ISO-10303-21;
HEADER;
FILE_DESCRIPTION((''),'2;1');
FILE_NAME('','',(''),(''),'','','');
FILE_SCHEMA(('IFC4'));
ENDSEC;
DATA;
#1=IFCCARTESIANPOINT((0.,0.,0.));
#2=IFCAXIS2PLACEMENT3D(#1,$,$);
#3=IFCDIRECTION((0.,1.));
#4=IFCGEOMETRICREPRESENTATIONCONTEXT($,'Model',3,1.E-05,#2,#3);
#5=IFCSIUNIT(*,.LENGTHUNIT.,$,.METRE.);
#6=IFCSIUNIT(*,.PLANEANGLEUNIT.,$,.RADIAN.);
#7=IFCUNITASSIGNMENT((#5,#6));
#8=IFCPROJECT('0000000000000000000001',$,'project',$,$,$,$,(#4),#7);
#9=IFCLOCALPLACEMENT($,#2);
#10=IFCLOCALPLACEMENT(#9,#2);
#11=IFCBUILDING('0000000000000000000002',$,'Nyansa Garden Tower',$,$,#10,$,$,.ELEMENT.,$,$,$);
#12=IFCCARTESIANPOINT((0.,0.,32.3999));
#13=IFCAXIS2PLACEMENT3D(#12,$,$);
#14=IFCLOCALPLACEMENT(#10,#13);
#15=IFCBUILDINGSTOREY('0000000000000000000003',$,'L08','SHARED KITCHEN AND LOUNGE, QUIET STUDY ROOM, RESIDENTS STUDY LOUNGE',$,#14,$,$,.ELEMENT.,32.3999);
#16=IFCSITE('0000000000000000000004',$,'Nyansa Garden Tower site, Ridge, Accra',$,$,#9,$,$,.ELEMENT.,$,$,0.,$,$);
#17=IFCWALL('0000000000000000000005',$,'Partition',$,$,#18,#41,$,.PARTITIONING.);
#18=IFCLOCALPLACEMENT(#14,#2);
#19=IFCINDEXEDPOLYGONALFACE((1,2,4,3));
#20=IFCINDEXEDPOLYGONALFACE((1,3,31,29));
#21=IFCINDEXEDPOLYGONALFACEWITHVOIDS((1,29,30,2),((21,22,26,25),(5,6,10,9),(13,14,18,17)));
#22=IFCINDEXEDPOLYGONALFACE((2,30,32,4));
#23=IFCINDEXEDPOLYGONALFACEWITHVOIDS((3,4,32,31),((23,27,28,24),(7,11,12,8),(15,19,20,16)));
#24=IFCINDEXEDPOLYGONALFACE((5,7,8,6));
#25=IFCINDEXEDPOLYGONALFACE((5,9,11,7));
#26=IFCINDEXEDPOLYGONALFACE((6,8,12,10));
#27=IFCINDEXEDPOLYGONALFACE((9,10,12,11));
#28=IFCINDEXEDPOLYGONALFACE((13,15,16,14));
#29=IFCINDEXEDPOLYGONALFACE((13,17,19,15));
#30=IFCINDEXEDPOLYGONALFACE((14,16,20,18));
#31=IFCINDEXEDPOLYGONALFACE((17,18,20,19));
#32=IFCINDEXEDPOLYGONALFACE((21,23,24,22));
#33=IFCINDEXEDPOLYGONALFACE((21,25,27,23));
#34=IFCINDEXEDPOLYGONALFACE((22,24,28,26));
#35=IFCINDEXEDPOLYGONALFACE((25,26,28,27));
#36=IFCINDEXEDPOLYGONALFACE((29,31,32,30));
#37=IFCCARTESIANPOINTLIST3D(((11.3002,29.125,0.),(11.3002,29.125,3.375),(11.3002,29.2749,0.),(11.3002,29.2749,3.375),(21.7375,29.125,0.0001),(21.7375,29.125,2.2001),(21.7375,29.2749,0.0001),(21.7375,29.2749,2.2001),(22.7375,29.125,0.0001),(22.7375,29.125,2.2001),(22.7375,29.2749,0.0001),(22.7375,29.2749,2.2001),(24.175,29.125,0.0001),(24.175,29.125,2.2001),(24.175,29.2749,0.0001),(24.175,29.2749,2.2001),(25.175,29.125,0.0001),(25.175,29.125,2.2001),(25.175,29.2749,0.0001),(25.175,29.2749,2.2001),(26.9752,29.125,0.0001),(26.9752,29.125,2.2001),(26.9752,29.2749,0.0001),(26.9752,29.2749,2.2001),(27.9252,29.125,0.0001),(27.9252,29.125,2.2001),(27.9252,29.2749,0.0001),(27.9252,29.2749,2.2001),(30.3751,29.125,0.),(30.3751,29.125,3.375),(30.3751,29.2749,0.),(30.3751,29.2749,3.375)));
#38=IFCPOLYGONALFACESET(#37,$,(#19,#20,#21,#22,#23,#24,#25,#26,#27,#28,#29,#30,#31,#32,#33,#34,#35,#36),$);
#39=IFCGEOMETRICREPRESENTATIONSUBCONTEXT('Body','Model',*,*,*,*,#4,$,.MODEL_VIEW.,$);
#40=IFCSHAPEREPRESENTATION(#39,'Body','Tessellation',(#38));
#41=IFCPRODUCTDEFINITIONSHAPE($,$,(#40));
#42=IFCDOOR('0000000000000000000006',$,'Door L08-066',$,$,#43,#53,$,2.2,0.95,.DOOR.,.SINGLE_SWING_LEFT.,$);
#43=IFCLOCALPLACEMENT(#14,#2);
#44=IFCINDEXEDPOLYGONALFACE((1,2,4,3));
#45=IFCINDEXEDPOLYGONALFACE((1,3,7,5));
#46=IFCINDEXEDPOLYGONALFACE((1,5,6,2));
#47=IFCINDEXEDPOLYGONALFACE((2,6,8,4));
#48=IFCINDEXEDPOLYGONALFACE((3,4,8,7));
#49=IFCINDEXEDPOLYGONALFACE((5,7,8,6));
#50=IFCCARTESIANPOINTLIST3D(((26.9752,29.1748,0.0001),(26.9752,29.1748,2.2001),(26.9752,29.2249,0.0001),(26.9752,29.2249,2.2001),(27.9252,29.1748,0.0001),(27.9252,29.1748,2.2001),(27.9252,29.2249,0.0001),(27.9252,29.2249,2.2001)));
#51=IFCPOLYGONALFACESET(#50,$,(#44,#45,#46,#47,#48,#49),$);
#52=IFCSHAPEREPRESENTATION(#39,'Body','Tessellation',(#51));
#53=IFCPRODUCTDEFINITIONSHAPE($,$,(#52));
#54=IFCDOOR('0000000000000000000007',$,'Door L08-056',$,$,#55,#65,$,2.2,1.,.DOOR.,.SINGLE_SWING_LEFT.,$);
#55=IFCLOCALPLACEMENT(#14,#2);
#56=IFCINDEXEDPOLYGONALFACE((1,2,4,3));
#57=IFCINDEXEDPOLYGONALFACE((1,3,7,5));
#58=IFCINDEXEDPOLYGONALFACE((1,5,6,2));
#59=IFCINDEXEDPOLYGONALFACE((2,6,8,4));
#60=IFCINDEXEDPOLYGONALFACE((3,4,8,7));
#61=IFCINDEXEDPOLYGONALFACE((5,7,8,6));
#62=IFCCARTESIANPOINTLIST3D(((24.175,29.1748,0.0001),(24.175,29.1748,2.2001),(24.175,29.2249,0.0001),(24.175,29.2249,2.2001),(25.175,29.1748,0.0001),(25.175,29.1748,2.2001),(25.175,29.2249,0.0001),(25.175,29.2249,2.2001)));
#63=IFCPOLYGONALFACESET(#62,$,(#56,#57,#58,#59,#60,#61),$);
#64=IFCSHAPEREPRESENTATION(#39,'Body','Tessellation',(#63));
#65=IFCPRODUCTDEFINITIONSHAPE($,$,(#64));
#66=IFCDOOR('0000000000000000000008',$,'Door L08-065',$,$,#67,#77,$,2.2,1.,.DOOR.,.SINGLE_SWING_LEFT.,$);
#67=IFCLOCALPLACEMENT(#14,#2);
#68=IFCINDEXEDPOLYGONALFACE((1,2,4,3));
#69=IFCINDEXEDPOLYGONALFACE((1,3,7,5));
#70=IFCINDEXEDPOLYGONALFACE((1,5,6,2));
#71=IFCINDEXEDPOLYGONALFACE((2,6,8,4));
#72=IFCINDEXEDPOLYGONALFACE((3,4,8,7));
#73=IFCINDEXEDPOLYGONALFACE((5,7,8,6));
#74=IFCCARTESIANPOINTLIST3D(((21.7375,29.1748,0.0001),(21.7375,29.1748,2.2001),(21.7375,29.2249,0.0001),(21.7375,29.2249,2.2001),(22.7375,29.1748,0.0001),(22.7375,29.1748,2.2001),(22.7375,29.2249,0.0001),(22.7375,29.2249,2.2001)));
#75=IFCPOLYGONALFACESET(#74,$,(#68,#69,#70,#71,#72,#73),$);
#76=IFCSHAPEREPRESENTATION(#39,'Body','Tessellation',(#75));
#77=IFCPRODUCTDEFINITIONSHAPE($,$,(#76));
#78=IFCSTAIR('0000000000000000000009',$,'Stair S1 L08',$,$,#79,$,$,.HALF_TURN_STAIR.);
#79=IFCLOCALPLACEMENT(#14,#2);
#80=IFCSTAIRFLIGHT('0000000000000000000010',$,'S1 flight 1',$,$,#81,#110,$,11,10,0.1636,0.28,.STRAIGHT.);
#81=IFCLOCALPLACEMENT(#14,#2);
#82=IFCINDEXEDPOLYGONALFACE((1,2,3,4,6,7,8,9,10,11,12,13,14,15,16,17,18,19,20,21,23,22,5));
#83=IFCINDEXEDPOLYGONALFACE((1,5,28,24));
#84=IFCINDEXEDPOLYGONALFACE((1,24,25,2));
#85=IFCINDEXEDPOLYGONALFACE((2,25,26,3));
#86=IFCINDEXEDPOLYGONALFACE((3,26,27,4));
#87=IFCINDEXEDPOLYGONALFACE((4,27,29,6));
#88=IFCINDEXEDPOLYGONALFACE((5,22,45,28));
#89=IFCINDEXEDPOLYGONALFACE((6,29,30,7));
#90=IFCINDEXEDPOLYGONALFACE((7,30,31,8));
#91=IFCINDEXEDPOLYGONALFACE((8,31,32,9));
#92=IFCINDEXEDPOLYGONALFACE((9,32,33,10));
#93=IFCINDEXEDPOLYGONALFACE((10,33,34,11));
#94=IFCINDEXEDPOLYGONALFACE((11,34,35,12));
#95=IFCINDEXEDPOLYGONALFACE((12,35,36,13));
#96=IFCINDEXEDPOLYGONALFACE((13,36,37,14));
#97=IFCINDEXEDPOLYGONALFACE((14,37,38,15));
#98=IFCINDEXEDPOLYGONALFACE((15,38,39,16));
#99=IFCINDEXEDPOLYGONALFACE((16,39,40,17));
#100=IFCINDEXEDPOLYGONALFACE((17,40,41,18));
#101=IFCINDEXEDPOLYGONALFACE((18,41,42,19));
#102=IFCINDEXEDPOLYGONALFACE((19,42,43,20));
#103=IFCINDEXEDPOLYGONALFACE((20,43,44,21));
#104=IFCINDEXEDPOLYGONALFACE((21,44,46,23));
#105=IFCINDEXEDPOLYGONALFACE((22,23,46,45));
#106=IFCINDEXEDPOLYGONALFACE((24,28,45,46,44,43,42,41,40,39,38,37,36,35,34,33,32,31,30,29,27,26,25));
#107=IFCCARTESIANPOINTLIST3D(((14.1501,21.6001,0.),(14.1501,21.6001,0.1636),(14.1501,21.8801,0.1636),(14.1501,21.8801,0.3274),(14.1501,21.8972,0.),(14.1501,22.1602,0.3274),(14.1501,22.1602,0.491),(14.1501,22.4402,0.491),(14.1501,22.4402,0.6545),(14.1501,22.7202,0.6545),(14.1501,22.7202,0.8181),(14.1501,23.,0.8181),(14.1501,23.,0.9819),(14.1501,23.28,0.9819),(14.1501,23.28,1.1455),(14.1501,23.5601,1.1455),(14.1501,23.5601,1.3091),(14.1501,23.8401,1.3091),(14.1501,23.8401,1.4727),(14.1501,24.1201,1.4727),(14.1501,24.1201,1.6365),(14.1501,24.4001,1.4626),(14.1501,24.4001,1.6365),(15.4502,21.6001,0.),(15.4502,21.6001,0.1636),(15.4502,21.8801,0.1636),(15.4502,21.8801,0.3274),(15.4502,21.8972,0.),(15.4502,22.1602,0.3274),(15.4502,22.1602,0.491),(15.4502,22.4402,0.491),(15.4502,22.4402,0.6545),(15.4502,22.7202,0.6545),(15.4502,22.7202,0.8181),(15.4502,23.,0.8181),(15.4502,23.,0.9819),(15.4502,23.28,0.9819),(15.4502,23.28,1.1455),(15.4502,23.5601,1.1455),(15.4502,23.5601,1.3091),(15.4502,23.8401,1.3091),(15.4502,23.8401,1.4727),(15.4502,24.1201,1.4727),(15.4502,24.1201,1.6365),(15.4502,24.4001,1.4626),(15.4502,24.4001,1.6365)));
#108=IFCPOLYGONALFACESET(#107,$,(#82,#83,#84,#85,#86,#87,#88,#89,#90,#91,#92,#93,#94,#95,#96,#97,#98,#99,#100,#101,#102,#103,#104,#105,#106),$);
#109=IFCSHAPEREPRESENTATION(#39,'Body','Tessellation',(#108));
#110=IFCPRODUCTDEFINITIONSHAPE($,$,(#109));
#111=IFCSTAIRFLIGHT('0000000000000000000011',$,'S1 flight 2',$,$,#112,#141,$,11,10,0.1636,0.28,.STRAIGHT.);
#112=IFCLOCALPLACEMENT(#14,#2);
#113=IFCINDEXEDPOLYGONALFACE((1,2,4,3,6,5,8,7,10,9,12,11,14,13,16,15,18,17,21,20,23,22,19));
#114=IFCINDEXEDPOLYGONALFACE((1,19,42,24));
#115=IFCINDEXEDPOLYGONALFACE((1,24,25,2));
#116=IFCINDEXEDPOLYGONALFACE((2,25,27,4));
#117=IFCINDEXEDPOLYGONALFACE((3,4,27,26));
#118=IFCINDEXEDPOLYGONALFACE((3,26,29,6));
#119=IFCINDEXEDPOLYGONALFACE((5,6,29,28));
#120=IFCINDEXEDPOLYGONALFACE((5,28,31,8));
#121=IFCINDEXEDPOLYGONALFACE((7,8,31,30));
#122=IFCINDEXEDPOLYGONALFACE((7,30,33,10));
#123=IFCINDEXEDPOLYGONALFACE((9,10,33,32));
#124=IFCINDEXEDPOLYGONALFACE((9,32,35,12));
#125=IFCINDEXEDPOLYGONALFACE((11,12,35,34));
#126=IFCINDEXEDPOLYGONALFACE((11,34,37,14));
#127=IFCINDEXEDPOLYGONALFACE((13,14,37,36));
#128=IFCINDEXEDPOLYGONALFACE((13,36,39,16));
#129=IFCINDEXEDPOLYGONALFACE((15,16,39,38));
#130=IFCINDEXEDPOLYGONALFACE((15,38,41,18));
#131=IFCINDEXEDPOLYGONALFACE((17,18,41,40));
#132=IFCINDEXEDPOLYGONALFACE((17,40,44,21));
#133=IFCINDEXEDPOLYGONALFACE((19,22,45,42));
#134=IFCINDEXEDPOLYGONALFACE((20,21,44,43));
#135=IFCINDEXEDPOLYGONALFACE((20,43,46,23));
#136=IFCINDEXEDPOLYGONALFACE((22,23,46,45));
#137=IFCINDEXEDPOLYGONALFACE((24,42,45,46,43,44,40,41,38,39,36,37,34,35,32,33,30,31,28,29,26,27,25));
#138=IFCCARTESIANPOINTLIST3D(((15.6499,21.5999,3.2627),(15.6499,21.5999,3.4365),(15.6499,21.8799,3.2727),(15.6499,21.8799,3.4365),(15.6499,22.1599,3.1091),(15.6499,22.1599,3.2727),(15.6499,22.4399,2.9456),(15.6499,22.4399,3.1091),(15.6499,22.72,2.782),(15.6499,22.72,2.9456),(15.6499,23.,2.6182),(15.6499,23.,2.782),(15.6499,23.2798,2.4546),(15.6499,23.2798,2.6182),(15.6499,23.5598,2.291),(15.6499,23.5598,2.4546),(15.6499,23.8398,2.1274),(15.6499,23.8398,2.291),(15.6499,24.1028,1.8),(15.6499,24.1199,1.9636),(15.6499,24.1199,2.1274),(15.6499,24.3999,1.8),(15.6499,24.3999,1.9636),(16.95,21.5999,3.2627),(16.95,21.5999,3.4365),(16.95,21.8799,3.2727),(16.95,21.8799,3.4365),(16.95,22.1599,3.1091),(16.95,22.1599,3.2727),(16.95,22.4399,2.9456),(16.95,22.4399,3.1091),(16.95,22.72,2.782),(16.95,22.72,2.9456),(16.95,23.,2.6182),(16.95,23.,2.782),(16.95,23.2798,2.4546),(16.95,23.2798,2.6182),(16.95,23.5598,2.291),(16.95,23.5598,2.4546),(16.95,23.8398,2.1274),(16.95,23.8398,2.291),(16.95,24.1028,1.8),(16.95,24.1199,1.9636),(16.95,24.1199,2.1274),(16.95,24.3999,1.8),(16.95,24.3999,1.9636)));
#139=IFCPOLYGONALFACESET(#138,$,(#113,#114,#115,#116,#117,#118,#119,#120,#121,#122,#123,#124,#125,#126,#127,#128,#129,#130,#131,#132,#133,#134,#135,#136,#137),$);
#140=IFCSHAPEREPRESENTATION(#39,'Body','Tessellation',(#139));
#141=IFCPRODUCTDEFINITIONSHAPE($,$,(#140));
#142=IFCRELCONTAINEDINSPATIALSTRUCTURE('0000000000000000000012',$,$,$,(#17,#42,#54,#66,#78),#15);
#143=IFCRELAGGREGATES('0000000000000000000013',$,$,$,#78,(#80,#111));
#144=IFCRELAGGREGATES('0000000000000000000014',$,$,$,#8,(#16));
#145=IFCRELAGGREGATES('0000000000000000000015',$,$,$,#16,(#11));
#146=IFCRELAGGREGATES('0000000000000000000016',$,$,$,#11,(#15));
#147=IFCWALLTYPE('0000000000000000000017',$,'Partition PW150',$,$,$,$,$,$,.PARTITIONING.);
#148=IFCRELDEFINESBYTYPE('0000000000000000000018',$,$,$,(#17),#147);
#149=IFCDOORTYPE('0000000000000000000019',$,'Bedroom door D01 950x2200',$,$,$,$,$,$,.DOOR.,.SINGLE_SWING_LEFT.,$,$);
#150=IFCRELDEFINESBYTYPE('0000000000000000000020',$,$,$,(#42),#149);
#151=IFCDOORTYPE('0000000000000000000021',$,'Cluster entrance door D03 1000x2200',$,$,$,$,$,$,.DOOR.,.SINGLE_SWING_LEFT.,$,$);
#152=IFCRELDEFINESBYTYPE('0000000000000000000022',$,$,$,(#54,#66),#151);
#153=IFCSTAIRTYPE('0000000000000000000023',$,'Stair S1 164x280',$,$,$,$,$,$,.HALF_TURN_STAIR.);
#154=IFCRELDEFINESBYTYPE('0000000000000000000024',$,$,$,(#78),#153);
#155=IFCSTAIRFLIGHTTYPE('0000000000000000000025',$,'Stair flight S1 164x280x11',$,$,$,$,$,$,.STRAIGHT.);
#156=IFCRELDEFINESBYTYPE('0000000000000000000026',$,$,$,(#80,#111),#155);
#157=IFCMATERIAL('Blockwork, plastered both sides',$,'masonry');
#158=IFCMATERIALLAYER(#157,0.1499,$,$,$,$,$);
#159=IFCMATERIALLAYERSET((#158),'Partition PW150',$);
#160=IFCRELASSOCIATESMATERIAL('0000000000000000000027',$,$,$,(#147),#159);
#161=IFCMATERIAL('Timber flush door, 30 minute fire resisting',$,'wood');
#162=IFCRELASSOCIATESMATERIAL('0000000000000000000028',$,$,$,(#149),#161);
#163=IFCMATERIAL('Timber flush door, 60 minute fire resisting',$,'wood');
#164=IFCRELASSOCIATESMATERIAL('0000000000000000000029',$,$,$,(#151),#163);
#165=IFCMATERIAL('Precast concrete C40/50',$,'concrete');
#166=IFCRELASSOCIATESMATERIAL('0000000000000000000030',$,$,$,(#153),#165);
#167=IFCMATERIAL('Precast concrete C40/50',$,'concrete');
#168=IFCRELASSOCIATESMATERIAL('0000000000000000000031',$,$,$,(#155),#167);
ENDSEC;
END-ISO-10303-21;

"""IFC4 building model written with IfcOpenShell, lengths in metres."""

from ifc_helpers import new_model, si_unit, direction, frame, frame_2d, origin, place, context, subcontext, project, spatial, polyline, rectangle, outline, extrude, material, layer, layer_set, type_object, element, fill, aggregate, save


model = new_model("IFC4")

# Units and contexts
model_context = context("Model", 3, precision=1e-05, world=origin(), true_north=direction((0.0, 1.0)))
body_context = subcontext(model_context, "Body", "Model", "MODEL_VIEW")
ifc_project = project(units=[si_unit("LENGTHUNIT", "METRE"), si_unit("PLANEANGLEUNIT", "RADIAN")], contexts=[model_context])

# Site, building, storey
site_placement = place(None, origin())
site = spatial("IfcSite", under=ifc_project, at=site_placement, Name="Nyansa Garden Tower site, Ridge, Accra", CompositionType="ELEMENT", RefElevation=0.0)
building_placement = place(site_placement, origin())
building = spatial("IfcBuilding", under=site, at=building_placement, Name="Nyansa Garden Tower", CompositionType="ELEMENT")
storey_placement = place(building_placement, frame((0.0, 0.0, 32.3999)))
storey = spatial("IfcBuildingStorey", under=building, at=storey_placement, Name="L08", Description="SHARED KITCHEN AND LOUNGE, QUIET STUDY ROOM, RESIDENTS STUDY LOUNGE", CompositionType="ELEMENT", Elevation=32.3999)

# Shared definitions
ifc_material_1 = material(Name="Blockwork, plastered both sides", Category="masonry")
ifc_layer_1 = layer(ifc_material_1, 0.1499)
ifc_layer_set_1 = layer_set([ifc_layer_1], Name="Partition PW150")
wall_type_1 = type_object("IfcWallType", Name="Partition PW150", PredefinedType="PARTITIONING", material=ifc_layer_set_1)

# Shared definitions
ifc_material_2 = material(Name="Timber flush door, 30 minute fire resisting", Category="wood")
door_type_1 = type_object("IfcDoorType", Name="Bedroom door D01 950x2200", OperationType="SINGLE_SWING_LEFT", PredefinedType="DOOR", material=ifc_material_2)

# Wall, openings, doors
wall_1_placement = place(storey_placement, frame((11.3, 29.2, 0.0), z_axis=(0.0, 0.0, 1.0), x_axis=(1.0, 0.0, 0.0)))
wall_1 = element("IfcWall", 1, at=wall_1_placement, inside=storey, type_object=wall_type_1, Name="Partition", PredefinedType="PARTITIONING", context=body_context, shape_type="SweptSolid", body=[
    extrude(rectangle(XDim=19.075, YDim=0.1499, at=frame_2d((9.5376, 0.0))), origin(), (0.0, 0.0, 1.0), 3.375),
])
opening_1_placement = place(wall_1_placement, frame((12.875, 0.0, 0.0)))
opening_1 = element("IfcOpeningElement", 2, at=opening_1_placement, cuts=wall_1, PredefinedType="OPENING", context=body_context, shape_type="SweptSolid", body=[
    extrude(rectangle(XDim=1.0, YDim=2.2, at=frame_2d((0.5, 1.1001))), frame((0.0, 0.085, 0.0), z_axis=(0.0, -1.0, 0.0), x_axis=(1.0, 0.0, 0.0)), (0.0, 0.0, 1.0), 0.1699),
])
opening_2_placement = place(wall_1_placement, frame((10.4375, 0.0, 0.0)))
opening_2 = element("IfcOpeningElement", 3, at=opening_2_placement, cuts=wall_1, PredefinedType="OPENING", context=body_context, shape_type="SweptSolid", body=[
    extrude(rectangle(XDim=1.0, YDim=2.2, at=frame_2d((0.5, 1.1001))), frame((0.0, 0.085, 0.0), z_axis=(0.0, -1.0, 0.0), x_axis=(1.0, 0.0, 0.0)), (0.0, 0.0, 1.0), 0.1699),
])
opening_3_placement = place(wall_1_placement, frame((15.675, 0.0, 0.0)))
opening_3 = element("IfcOpeningElement", 4, at=opening_3_placement, cuts=wall_1, PredefinedType="OPENING", context=body_context, shape_type="SweptSolid", body=[
    extrude(rectangle(XDim=0.95, YDim=2.2, at=frame_2d((0.4751, 1.1001))), frame((0.0, 0.085, 0.0), z_axis=(0.0, -1.0, 0.0), x_axis=(1.0, 0.0, 0.0)), (0.0, 0.0, 1.0), 0.1699),
])
door_1_placement = place(opening_3_placement, origin())
door_1 = element("IfcDoor", 5, at=door_1_placement, inside=storey, type_object=door_type_1, Name="Door L08-066", OperationType="SINGLE_SWING_LEFT", OverallHeight=2.2, OverallWidth=0.95, PredefinedType="DOOR", context=body_context, shape_type="SweptSolid", body=[
    extrude(rectangle(XDim=0.95, YDim=2.2, at=frame_2d((0.4751, 1.1001))), frame((0.0, 0.0249, 0.0), z_axis=(0.0, -1.0, 0.0), x_axis=(1.0, 0.0, 0.0)), (0.0, 0.0, 1.0), 0.05),
])
fill(opening_3, door_1)
ifc_material_3 = material(Name="Timber flush door, 60 minute fire resisting", Category="wood")
door_type_2 = type_object("IfcDoorType", Name="Cluster entrance door D03 1000x2200", OperationType="SINGLE_SWING_LEFT", PredefinedType="DOOR", material=ifc_material_3)
door_2_placement = place(opening_1_placement, origin())
door_2 = element("IfcDoor", 6, at=door_2_placement, inside=storey, type_object=door_type_2, Name="Door L08-056", OperationType="SINGLE_SWING_LEFT", OverallHeight=2.2, OverallWidth=1.0, PredefinedType="DOOR", context=body_context, shape_type="SweptSolid", body=[
    extrude(rectangle(XDim=1.0, YDim=2.2, at=frame_2d((0.5, 1.1001))), frame((0.0, 0.0249, 0.0), z_axis=(0.0, -1.0, 0.0), x_axis=(1.0, 0.0, 0.0)), (0.0, 0.0, 1.0), 0.05),
])
fill(opening_1, door_2)
door_3_placement = place(opening_2_placement, origin())
door_3 = element("IfcDoor", 7, at=door_3_placement, inside=storey, type_object=door_type_2, Name="Door L08-065", OperationType="SINGLE_SWING_LEFT", OverallHeight=2.2, OverallWidth=1.0, PredefinedType="DOOR", context=body_context, shape_type="SweptSolid", body=[
    extrude(rectangle(XDim=1.0, YDim=2.2, at=frame_2d((0.5, 1.1001))), frame((0.0, 0.0249, 0.0), z_axis=(0.0, -1.0, 0.0), x_axis=(1.0, 0.0, 0.0)), (0.0, 0.0, 1.0), 0.05),
])
fill(opening_2, door_3)

# Stair, stair flights
ifc_material_4 = material(Name="Precast concrete C40/50", Category="concrete")
stair_type = type_object("IfcStairType", Name="Stair S1 164x280", PredefinedType="HALF_TURN_STAIR", material=ifc_material_4)
stair_placement = place(storey_placement, origin())
stair = element("IfcStair", 8, at=stair_placement, inside=storey, type_object=stair_type, Name="Stair S1 L08", PredefinedType="HALF_TURN_STAIR")
ifc_material_5 = material(Name="Precast concrete C40/50", Category="concrete")
stair_flight_type = type_object("IfcStairFlightType", Name="Stair flight S1 164x280x11", PredefinedType="STRAIGHT", material=ifc_material_5)
stair_flight_1_placement = place(storey_placement, frame((14.8, 21.6001, 0.0), z_axis=(0.0, 0.0, 1.0), x_axis=(0.0, 1.0, 0.0)))
stair_flight_1 = element("IfcStairFlight", 9, at=stair_flight_1_placement, type_object=stair_flight_type, Name="S1 flight 1", NumberOfRisers=11, NumberOfTreads=10, PredefinedType="STRAIGHT", RiserHeight=0.1636, TreadLength=0.28, context=body_context, shape_type="SweptSolid", body=[
    extrude(outline(polyline([(0.0, 0.0), (0.0, 0.1636), (0.28, 0.1636), (0.28, 0.3274), (0.5601, 0.3274), (0.5601, 0.491), (0.8401, 0.491), (0.8401, 0.6545), (1.1201, 0.6545), (1.1201, 0.8181), (1.3999, 0.8181), (1.3999, 0.9819), (1.6799, 0.9819), (1.6799, 1.1455), (1.96, 1.1455), (1.96, 1.3091), (2.24, 1.3091), (2.24, 1.4727), (2.52, 1.4727), (2.52, 1.6365), (2.8, 1.6365), (2.8, 1.8), (2.8, 1.4626), (0.2971, 0.0), (0.0, 0.0)])), frame((0.0, 0.6499, 0.0), z_axis=(0.0, -1.0, 0.0), x_axis=(1.0, 0.0, 0.0)), (0.0, 0.0, 1.0), 1.3),
])
stair_flight_2_placement = place(storey_placement, frame((16.3, 24.3999, 1.8), z_axis=(0.0, 0.0, 1.0), x_axis=(0.0, -1.0, 0.0)))
stair_flight_2 = element("IfcStairFlight", 10, at=stair_flight_2_placement, type_object=stair_flight_type, Name="S1 flight 2", NumberOfRisers=11, NumberOfTreads=10, PredefinedType="STRAIGHT", RiserHeight=0.1636, TreadLength=0.28, context=body_context, shape_type="SweptSolid", body=[
    extrude(outline(polyline([(0.0, 0.0), (0.0, 0.1636), (0.28, 0.1636), (0.28, 0.3274), (0.5601, 0.3274), (0.5601, 0.491), (0.8401, 0.491), (0.8401, 0.6545), (1.1201, 0.6545), (1.1201, 0.8181), (1.3999, 0.8181), (1.3999, 0.9819), (1.6799, 0.9819), (1.6799, 1.1455), (1.96, 1.1455), (1.96, 1.3091), (2.24, 1.3091), (2.24, 1.4727), (2.52, 1.4727), (2.52, 1.6365), (2.8, 1.6365), (2.8, 1.8), (2.8, 1.4626), (0.2971, 0.0), (0.0, 0.0)])), frame((0.0, 0.6499, 0.0), z_axis=(0.0, -1.0, 0.0), x_axis=(1.0, 0.0, 0.0)), (0.0, 0.0, 1.0), 1.3),
])
aggregate(stair, [stair_flight_1, stair_flight_2])

save(model, "model.ifc")
